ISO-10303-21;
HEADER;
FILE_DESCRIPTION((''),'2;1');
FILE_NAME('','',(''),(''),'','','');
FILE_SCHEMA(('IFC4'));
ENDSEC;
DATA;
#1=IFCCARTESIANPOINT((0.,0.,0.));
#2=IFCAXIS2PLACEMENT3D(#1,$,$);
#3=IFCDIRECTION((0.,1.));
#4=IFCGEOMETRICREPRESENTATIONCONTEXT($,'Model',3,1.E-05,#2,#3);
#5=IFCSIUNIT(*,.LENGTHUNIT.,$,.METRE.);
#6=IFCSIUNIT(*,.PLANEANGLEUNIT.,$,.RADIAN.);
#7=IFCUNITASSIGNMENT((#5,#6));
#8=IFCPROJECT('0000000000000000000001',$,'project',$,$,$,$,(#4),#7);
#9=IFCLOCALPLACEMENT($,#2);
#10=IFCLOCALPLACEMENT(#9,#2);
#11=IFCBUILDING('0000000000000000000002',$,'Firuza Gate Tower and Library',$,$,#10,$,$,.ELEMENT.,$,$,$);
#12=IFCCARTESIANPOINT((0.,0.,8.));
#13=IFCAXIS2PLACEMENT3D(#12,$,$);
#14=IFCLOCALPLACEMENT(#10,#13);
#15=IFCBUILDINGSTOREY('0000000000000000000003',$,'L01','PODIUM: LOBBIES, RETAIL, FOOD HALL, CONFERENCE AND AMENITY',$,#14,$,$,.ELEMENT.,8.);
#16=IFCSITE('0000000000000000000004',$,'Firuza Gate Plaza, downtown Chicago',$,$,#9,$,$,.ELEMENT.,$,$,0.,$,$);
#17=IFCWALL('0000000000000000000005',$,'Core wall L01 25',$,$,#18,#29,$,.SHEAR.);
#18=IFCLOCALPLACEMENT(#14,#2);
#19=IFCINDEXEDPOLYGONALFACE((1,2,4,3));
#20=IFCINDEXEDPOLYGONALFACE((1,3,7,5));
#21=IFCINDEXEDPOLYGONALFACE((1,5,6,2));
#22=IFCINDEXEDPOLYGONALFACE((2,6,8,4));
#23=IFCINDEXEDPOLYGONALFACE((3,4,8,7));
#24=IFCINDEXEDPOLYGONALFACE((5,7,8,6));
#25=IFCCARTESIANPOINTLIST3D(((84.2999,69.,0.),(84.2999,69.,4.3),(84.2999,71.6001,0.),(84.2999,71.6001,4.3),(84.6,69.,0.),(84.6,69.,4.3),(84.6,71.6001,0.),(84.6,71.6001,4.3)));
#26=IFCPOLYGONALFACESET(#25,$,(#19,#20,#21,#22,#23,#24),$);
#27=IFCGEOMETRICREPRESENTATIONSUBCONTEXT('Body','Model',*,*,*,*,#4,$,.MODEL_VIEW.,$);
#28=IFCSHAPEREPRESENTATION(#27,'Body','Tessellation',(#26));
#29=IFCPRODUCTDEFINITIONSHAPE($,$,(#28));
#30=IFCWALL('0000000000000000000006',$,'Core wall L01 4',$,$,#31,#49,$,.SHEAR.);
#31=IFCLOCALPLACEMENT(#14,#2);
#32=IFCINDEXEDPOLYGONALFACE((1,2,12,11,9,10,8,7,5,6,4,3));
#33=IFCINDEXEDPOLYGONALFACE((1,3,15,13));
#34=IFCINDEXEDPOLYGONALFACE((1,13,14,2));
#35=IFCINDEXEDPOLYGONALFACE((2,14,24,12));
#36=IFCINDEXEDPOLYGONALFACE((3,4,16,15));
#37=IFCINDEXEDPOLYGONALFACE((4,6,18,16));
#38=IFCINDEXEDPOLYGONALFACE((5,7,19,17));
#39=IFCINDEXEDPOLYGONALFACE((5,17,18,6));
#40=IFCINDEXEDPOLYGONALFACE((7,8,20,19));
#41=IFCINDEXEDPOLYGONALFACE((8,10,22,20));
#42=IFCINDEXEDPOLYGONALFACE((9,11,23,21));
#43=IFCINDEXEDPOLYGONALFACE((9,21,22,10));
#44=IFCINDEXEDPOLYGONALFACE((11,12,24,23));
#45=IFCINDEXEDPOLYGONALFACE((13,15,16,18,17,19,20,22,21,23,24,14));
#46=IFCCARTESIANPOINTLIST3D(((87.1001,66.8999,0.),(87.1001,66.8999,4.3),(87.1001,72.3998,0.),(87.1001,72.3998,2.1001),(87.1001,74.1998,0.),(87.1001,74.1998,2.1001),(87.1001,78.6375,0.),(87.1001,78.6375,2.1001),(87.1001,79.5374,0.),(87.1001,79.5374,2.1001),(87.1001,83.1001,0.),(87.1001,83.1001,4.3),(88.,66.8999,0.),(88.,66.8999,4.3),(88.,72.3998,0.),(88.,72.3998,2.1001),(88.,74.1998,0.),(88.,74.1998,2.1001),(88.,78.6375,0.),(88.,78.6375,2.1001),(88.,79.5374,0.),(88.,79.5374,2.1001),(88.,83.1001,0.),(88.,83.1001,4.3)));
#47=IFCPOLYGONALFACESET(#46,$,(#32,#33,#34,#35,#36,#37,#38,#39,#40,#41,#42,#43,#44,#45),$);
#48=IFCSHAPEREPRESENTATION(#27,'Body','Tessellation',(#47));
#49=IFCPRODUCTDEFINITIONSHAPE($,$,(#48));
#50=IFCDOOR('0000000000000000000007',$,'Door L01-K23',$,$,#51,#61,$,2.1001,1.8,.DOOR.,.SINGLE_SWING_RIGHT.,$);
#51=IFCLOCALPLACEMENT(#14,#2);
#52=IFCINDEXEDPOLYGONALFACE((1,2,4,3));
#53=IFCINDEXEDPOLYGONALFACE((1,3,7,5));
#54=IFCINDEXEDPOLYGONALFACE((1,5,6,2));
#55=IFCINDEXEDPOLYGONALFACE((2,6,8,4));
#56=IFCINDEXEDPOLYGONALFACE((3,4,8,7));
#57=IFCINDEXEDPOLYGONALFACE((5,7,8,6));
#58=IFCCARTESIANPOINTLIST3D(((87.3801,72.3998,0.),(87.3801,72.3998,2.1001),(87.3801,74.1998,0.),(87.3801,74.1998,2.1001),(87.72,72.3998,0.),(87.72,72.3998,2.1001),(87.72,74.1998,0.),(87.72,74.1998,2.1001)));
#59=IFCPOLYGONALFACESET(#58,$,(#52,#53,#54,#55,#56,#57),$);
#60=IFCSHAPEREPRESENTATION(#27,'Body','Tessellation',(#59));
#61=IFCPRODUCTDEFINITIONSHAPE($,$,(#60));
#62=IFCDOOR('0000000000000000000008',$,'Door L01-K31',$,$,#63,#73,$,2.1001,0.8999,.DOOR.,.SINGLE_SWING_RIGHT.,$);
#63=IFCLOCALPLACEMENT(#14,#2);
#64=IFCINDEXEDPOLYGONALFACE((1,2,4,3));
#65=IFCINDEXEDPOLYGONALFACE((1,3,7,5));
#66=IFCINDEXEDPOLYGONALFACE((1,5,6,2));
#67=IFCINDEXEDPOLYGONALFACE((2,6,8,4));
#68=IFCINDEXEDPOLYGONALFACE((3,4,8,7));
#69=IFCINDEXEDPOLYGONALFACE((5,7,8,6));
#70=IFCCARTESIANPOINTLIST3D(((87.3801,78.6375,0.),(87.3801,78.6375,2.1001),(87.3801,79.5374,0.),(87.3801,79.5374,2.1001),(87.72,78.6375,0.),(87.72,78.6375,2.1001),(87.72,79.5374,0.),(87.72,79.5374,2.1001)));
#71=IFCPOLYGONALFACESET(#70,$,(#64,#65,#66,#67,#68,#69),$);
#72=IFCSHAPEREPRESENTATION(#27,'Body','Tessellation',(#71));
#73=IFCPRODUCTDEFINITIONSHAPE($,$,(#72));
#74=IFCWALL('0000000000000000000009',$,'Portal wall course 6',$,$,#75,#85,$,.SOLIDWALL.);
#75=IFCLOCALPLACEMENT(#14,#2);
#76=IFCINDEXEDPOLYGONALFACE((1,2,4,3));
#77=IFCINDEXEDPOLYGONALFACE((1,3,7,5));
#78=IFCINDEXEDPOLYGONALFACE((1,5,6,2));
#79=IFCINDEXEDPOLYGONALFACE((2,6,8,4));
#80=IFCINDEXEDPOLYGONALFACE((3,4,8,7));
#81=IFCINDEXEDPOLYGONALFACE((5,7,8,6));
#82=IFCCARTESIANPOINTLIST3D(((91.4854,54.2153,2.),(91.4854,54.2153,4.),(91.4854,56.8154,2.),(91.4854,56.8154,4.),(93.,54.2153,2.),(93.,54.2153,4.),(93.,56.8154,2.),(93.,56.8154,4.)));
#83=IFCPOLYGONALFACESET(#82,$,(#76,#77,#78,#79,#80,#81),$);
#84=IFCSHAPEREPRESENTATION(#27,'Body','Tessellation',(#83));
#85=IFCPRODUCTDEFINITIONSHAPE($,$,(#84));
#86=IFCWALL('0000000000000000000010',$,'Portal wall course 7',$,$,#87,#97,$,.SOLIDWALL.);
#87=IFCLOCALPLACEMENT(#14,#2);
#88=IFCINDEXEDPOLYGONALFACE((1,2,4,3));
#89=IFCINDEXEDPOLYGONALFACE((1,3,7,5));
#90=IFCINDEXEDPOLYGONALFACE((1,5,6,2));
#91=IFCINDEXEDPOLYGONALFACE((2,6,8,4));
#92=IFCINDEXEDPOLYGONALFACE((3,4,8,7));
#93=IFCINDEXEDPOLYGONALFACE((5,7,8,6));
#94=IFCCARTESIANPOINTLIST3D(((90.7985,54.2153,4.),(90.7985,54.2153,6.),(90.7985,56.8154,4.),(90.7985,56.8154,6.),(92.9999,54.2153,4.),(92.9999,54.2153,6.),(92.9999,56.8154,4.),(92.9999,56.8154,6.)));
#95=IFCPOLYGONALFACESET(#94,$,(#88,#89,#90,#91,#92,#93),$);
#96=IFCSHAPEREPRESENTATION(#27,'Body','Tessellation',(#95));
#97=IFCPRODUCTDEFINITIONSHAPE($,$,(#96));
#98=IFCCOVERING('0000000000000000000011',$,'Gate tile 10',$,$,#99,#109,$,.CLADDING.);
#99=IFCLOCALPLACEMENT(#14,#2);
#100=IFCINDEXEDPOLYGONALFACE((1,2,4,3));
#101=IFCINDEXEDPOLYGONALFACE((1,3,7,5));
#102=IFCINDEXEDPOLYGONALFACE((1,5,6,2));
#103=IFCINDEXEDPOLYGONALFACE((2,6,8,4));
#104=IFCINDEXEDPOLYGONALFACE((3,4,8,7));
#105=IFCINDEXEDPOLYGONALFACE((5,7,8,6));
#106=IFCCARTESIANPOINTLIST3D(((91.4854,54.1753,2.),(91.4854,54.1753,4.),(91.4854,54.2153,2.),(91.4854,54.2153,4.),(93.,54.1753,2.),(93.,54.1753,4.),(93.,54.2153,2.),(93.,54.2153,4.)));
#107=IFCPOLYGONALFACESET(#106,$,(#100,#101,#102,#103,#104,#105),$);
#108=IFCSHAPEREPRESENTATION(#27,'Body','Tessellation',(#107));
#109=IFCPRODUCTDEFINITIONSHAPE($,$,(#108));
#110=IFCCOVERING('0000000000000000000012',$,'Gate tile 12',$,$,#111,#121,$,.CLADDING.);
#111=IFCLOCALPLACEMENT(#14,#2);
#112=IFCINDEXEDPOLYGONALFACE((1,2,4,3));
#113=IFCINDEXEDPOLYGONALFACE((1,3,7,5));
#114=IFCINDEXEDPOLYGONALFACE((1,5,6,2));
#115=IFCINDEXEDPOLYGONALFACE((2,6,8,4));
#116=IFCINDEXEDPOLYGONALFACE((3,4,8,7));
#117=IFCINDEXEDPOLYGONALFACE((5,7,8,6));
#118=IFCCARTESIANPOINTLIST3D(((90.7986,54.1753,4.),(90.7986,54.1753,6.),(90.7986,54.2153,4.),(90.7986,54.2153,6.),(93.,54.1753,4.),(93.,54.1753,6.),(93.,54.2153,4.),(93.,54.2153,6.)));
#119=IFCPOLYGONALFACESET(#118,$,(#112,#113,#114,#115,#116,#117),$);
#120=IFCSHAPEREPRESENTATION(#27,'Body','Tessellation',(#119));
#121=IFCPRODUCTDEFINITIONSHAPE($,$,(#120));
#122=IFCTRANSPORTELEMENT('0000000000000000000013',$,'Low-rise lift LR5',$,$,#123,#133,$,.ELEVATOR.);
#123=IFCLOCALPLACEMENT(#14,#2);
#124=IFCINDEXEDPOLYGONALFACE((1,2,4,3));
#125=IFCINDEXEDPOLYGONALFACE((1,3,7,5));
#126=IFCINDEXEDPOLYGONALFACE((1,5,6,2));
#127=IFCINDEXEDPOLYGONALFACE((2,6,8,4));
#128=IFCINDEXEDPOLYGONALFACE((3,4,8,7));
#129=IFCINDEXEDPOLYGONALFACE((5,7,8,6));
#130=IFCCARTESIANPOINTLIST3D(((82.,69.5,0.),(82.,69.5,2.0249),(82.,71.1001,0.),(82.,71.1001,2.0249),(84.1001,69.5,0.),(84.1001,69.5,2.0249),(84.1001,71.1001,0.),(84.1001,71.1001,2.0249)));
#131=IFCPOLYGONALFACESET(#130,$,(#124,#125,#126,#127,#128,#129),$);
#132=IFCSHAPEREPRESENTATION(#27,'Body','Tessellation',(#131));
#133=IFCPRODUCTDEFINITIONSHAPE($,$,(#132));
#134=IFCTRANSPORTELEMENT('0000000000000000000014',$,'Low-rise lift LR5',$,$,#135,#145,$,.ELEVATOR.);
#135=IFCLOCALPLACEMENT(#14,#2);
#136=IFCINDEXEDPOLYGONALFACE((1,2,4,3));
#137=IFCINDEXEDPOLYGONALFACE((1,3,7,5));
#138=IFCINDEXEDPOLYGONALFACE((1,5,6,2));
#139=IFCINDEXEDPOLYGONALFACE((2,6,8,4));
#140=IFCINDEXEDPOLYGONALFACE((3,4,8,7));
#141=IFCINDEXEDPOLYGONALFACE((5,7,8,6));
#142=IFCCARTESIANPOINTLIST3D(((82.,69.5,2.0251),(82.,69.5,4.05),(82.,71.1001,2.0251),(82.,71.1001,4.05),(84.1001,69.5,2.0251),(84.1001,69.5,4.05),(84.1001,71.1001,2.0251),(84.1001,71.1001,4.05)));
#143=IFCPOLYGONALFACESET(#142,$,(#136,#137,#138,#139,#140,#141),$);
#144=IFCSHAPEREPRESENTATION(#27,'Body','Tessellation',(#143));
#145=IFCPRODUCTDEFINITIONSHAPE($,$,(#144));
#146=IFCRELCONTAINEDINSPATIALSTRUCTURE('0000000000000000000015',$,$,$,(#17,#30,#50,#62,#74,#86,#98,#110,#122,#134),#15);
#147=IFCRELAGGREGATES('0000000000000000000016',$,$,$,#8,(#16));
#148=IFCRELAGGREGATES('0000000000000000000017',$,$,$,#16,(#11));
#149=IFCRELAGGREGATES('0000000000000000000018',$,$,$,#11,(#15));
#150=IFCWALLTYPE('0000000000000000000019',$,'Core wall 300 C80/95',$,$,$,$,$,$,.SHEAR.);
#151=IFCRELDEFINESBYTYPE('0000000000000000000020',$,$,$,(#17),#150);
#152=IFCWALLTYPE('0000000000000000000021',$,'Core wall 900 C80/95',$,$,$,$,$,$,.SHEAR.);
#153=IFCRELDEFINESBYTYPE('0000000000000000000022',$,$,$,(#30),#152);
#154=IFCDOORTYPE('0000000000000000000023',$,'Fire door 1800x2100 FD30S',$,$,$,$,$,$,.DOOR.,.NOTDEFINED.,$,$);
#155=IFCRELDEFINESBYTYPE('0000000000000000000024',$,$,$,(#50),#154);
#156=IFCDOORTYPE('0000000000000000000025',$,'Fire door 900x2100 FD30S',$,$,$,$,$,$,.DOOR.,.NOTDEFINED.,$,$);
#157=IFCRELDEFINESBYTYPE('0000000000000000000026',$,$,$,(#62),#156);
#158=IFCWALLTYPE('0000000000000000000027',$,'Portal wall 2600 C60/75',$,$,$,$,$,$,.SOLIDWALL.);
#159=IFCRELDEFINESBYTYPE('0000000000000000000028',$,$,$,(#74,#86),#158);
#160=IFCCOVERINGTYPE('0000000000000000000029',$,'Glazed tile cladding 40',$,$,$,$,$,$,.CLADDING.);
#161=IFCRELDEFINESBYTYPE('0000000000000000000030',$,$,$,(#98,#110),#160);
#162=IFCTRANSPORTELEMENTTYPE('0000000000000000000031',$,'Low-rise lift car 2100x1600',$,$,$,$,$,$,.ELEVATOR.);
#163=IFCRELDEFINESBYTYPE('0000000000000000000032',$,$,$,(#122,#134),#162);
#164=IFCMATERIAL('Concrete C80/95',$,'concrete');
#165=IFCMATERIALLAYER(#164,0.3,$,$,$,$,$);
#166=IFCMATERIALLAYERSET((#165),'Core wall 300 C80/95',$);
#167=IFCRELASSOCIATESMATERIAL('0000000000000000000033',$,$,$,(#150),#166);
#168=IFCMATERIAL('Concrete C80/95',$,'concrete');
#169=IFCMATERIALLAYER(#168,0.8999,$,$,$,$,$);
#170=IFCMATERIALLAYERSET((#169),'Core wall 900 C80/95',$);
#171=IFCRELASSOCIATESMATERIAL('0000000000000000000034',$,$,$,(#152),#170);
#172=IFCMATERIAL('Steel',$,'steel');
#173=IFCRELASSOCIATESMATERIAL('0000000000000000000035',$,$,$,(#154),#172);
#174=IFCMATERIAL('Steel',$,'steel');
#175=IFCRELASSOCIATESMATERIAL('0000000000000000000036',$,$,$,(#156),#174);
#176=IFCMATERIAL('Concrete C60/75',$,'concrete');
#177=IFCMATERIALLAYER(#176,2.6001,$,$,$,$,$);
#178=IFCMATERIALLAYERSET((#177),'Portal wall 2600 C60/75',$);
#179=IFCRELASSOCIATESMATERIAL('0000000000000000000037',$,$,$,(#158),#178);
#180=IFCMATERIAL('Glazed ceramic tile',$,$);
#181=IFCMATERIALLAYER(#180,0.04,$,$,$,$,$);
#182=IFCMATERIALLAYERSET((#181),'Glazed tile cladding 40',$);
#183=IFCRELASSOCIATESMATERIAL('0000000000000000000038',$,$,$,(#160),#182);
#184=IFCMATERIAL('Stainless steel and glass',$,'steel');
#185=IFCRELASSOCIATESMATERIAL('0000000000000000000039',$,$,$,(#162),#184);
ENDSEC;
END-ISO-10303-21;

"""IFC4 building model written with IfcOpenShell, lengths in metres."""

from ifc_helpers import new_model, si_unit, direction, frame, frame_2d, origin, origin_2d, place, context, subcontext, project, spatial, polyline, rectangle, outline, extrude, material, layer, layer_set, type_object, element, fill, save


model = new_model("IFC4")

# Units and contexts
model_context = context("Model", 3, precision=1e-05, world=origin(), true_north=direction((0.0, 1.0)))
body_context = subcontext(model_context, "Body", "Model", "MODEL_VIEW")
ifc_project = project(units=[si_unit("LENGTHUNIT", "METRE"), si_unit("PLANEANGLEUNIT", "RADIAN")], contexts=[model_context])

# Site, building, storey
site_placement = place(None, origin())
site = spatial("IfcSite", under=ifc_project, at=site_placement, Name="Firuza Gate Plaza, downtown Chicago", CompositionType="ELEMENT", RefElevation=0.0)
building_placement = place(site_placement, origin())
building = spatial("IfcBuilding", under=site, at=building_placement, Name="Firuza Gate Tower and Library", CompositionType="ELEMENT")
storey_placement = place(building_placement, frame((0.0, 0.0, 8.0)))
storey = spatial("IfcBuildingStorey", under=building, at=storey_placement, Name="L01", Description="PODIUM: LOBBIES, RETAIL, FOOD HALL, CONFERENCE AND AMENITY", CompositionType="ELEMENT", Elevation=8.0)

# Wall
ifc_material_1 = material(Name="Concrete C80/95", Category="concrete")
ifc_layer_1 = layer(ifc_material_1, 0.3)
ifc_layer_set_1 = layer_set([ifc_layer_1], Name="Core wall 300 C80/95")
wall_type_1 = type_object("IfcWallType", Name="Core wall 300 C80/95", PredefinedType="SHEAR", material=ifc_layer_set_1)
wall_1_placement = place(storey_placement, frame((84.45, 69.0, 0.0), z_axis=(0.0, 0.0, 1.0), x_axis=(0.0, 1.0, 0.0)))
element("IfcWall", 1, at=wall_1_placement, inside=storey, type_object=wall_type_1, Name="Core wall L01 25", PredefinedType="SHEAR", context=body_context, shape_type="SweptSolid", body=[
    extrude(rectangle(XDim=2.6001, YDim=0.3, at=frame_2d((1.3, 0.0))), origin(), (0.0, 0.0, 1.0), 4.3),
])

# Wall, openings, doors
ifc_material_2 = material(Name="Concrete C80/95", Category="concrete")
ifc_layer_2 = layer(ifc_material_2, 0.8999)
ifc_layer_set_2 = layer_set([ifc_layer_2], Name="Core wall 900 C80/95")
wall_type_2 = type_object("IfcWallType", Name="Core wall 900 C80/95", PredefinedType="SHEAR", material=ifc_layer_set_2)
wall_2_placement = place(storey_placement, frame((87.55, 66.8999, 0.0), z_axis=(0.0, 0.0, 1.0), x_axis=(0.0, 1.0, 0.0)))
wall_2 = element("IfcWall", 2, at=wall_2_placement, inside=storey, type_object=wall_type_2, Name="Core wall L01 4", PredefinedType="SHEAR", context=body_context, shape_type="SweptSolid", body=[
    extrude(rectangle(XDim=16.2002, YDim=0.8999, at=frame_2d((8.1001, 0.0))), origin(), (0.0, 0.0, 1.0), 4.3),
])
opening_1_placement = place(wall_2_placement, frame((5.5, 0.0, 0.0)))
opening_1 = element("IfcOpeningElement", 3, at=opening_1_placement, cuts=wall_2, PredefinedType="OPENING", context=body_context, shape_type="SweptSolid", body=[
    extrude(rectangle(XDim=1.8, YDim=2.1001, at=frame_2d((0.8999, 1.05))), frame((0.0, 0.46, 0.0), z_axis=(0.0, -1.0, 0.0), x_axis=(1.0, 0.0, 0.0)), (0.0, 0.0, 1.0), 0.9199),
])
opening_2_placement = place(wall_2_placement, frame((11.7375, 0.0, 0.0)))
opening_2 = element("IfcOpeningElement", 4, at=opening_2_placement, cuts=wall_2, PredefinedType="OPENING", context=body_context, shape_type="SweptSolid", body=[
    extrude(rectangle(XDim=0.8999, YDim=2.1001, at=frame_2d((0.45, 1.05))), frame((0.0, 0.46, 0.0), z_axis=(0.0, -1.0, 0.0), x_axis=(1.0, 0.0, 0.0)), (0.0, 0.0, 1.0), 0.9199),
])
ifc_material_3 = material(Name="Steel", Category="steel")
door_type_1 = type_object("IfcDoorType", Name="Fire door 1800x2100 FD30S", OperationType="NOTDEFINED", PredefinedType="DOOR", material=ifc_material_3)
door_1_placement = place(opening_1_placement, origin())
door_1 = element("IfcDoor", 5, at=door_1_placement, inside=storey, type_object=door_type_1, Name="Door L01-K23", OperationType="SINGLE_SWING_RIGHT", OverallHeight=2.1001, OverallWidth=1.8, PredefinedType="DOOR", context=body_context, shape_type="SweptSolid", body=[
    extrude(rectangle(XDim=1.8, YDim=2.1001, at=frame_2d((0.8999, 1.05))), frame((0.0, 0.1699, 0.0), z_axis=(0.0, -1.0, 0.0), x_axis=(1.0, 0.0, 0.0)), (0.0, 0.0, 1.0), 0.3398),
])
fill(opening_1, door_1)
ifc_material_4 = material(Name="Steel", Category="steel")
door_type_2 = type_object("IfcDoorType", Name="Fire door 900x2100 FD30S", OperationType="NOTDEFINED", PredefinedType="DOOR", material=ifc_material_4)
door_2_placement = place(opening_2_placement, origin())
door_2 = element("IfcDoor", 6, at=door_2_placement, inside=storey, type_object=door_type_2, Name="Door L01-K31", OperationType="SINGLE_SWING_RIGHT", OverallHeight=2.1001, OverallWidth=0.8999, PredefinedType="DOOR", context=body_context, shape_type="SweptSolid", body=[
    extrude(rectangle(XDim=0.8999, YDim=2.1001, at=frame_2d((0.45, 1.05))), frame((0.0, 0.1699, 0.0), z_axis=(0.0, -1.0, 0.0), x_axis=(1.0, 0.0, 0.0)), (0.0, 0.0, 1.0), 0.3398),
])
fill(opening_2, door_2)

# Walls
ifc_material_5 = material(Name="Concrete C60/75", Category="concrete")
ifc_layer_3 = layer(ifc_material_5, 2.6001)
ifc_layer_set_3 = layer_set([ifc_layer_3], Name="Portal wall 2600 C60/75")
wall_type_3 = type_object("IfcWallType", Name="Portal wall 2600 C60/75", PredefinedType="SOLIDWALL", material=ifc_layer_set_3)
wall_3_placement = place(storey_placement, frame((91.4854, 55.5154, 2.0), z_axis=(0.0, 0.0, 1.0), x_axis=(1.0, 0.0, 0.0)))
element("IfcWall", 7, at=wall_3_placement, inside=storey, type_object=wall_type_3, Name="Portal wall course 6", PredefinedType="SOLIDWALL", context=body_context, shape_type="SweptSolid", body=[
    extrude(rectangle(XDim=1.5146, YDim=2.6001, at=frame_2d((0.7573, 0.0))), origin(), (0.0, 0.0, 1.0), 2.0),
])
wall_4_placement = place(storey_placement, frame((90.7986, 55.5154, 4.0), z_axis=(0.0, 0.0, 1.0), x_axis=(1.0, 0.0, 0.0)))
element("IfcWall", 8, at=wall_4_placement, inside=storey, type_object=wall_type_3, Name="Portal wall course 7", PredefinedType="SOLIDWALL", context=body_context, shape_type="SweptSolid", body=[
    extrude(rectangle(XDim=2.2014, YDim=2.6001, at=frame_2d((1.1006, 0.0))), origin(), (0.0, 0.0, 1.0), 2.0),
])

# Coverings
ifc_material_6 = material(Name="Glazed ceramic tile")
ifc_layer_4 = layer(ifc_material_6, 0.04)
ifc_layer_set_4 = layer_set([ifc_layer_4], Name="Glazed tile cladding 40")
covering_type = type_object("IfcCoveringType", Name="Glazed tile cladding 40", PredefinedType="CLADDING", material=ifc_layer_set_4)
covering_1_placement = place(storey_placement, frame((91.4854, 54.1753, 2.0), z_axis=(0.0, -1.0, 0.0), x_axis=(1.0, 0.0, 0.0)))
element("IfcCovering", 9, at=covering_1_placement, inside=storey, type_object=covering_type, Name="Gate tile 10", PredefinedType="CLADDING", context=body_context, shape_type="SweptSolid", body=[
    extrude(outline(polyline([(0.0, 0.0), (1.5146, 0.0), (1.5146, 2.0), (0.0, 2.0), (0.0, 0.0)])), origin(), (0.0, 0.0, -1.0), 0.04),
])
covering_2_placement = place(storey_placement, frame((90.7986, 54.1753, 4.0), z_axis=(0.0, -1.0, 0.0), x_axis=(1.0, 0.0, 0.0)))
element("IfcCovering", 10, at=covering_2_placement, inside=storey, type_object=covering_type, Name="Gate tile 12", PredefinedType="CLADDING", context=body_context, shape_type="SweptSolid", body=[
    extrude(outline(polyline([(0.0, 0.0), (2.2014, 0.0), (2.2014, 2.0), (0.0, 2.0), (0.0, 0.0)])), origin(), (0.0, 0.0, -1.0), 0.04),
])

# Transport elements
ifc_material_7 = material(Name="Stainless steel and glass", Category="steel")
transport_element_type = type_object("IfcTransportElementType", Name="Low-rise lift car 2100x1600", PredefinedType="ELEVATOR", material=ifc_material_7)
for number, where, z_axis, x_axis, name in (
    (11, (83.05, 70.3, 0.0), (0.0, 0.0, 1.0), (1.0, 0.0, 0.0), "Low-rise lift LR5"),
    (12, (83.05, 70.3, 2.0251), (0.0, 0.0, 1.0), (1.0, 0.0, 0.0), "Low-rise lift LR5"),
):
    element("IfcTransportElement", number, at=place(storey_placement, frame(where, z_axis=z_axis, x_axis=x_axis)), inside=storey, type_object=transport_element_type, Name=name, PredefinedType="ELEVATOR", context=body_context, shape_type="SweptSolid", body=[
        extrude(rectangle(XDim=2.1001, YDim=1.6001, at=origin_2d()), origin(), (0.0, 0.0, 1.0), 2.0249),
    ])

save(model, "model.ifc")
